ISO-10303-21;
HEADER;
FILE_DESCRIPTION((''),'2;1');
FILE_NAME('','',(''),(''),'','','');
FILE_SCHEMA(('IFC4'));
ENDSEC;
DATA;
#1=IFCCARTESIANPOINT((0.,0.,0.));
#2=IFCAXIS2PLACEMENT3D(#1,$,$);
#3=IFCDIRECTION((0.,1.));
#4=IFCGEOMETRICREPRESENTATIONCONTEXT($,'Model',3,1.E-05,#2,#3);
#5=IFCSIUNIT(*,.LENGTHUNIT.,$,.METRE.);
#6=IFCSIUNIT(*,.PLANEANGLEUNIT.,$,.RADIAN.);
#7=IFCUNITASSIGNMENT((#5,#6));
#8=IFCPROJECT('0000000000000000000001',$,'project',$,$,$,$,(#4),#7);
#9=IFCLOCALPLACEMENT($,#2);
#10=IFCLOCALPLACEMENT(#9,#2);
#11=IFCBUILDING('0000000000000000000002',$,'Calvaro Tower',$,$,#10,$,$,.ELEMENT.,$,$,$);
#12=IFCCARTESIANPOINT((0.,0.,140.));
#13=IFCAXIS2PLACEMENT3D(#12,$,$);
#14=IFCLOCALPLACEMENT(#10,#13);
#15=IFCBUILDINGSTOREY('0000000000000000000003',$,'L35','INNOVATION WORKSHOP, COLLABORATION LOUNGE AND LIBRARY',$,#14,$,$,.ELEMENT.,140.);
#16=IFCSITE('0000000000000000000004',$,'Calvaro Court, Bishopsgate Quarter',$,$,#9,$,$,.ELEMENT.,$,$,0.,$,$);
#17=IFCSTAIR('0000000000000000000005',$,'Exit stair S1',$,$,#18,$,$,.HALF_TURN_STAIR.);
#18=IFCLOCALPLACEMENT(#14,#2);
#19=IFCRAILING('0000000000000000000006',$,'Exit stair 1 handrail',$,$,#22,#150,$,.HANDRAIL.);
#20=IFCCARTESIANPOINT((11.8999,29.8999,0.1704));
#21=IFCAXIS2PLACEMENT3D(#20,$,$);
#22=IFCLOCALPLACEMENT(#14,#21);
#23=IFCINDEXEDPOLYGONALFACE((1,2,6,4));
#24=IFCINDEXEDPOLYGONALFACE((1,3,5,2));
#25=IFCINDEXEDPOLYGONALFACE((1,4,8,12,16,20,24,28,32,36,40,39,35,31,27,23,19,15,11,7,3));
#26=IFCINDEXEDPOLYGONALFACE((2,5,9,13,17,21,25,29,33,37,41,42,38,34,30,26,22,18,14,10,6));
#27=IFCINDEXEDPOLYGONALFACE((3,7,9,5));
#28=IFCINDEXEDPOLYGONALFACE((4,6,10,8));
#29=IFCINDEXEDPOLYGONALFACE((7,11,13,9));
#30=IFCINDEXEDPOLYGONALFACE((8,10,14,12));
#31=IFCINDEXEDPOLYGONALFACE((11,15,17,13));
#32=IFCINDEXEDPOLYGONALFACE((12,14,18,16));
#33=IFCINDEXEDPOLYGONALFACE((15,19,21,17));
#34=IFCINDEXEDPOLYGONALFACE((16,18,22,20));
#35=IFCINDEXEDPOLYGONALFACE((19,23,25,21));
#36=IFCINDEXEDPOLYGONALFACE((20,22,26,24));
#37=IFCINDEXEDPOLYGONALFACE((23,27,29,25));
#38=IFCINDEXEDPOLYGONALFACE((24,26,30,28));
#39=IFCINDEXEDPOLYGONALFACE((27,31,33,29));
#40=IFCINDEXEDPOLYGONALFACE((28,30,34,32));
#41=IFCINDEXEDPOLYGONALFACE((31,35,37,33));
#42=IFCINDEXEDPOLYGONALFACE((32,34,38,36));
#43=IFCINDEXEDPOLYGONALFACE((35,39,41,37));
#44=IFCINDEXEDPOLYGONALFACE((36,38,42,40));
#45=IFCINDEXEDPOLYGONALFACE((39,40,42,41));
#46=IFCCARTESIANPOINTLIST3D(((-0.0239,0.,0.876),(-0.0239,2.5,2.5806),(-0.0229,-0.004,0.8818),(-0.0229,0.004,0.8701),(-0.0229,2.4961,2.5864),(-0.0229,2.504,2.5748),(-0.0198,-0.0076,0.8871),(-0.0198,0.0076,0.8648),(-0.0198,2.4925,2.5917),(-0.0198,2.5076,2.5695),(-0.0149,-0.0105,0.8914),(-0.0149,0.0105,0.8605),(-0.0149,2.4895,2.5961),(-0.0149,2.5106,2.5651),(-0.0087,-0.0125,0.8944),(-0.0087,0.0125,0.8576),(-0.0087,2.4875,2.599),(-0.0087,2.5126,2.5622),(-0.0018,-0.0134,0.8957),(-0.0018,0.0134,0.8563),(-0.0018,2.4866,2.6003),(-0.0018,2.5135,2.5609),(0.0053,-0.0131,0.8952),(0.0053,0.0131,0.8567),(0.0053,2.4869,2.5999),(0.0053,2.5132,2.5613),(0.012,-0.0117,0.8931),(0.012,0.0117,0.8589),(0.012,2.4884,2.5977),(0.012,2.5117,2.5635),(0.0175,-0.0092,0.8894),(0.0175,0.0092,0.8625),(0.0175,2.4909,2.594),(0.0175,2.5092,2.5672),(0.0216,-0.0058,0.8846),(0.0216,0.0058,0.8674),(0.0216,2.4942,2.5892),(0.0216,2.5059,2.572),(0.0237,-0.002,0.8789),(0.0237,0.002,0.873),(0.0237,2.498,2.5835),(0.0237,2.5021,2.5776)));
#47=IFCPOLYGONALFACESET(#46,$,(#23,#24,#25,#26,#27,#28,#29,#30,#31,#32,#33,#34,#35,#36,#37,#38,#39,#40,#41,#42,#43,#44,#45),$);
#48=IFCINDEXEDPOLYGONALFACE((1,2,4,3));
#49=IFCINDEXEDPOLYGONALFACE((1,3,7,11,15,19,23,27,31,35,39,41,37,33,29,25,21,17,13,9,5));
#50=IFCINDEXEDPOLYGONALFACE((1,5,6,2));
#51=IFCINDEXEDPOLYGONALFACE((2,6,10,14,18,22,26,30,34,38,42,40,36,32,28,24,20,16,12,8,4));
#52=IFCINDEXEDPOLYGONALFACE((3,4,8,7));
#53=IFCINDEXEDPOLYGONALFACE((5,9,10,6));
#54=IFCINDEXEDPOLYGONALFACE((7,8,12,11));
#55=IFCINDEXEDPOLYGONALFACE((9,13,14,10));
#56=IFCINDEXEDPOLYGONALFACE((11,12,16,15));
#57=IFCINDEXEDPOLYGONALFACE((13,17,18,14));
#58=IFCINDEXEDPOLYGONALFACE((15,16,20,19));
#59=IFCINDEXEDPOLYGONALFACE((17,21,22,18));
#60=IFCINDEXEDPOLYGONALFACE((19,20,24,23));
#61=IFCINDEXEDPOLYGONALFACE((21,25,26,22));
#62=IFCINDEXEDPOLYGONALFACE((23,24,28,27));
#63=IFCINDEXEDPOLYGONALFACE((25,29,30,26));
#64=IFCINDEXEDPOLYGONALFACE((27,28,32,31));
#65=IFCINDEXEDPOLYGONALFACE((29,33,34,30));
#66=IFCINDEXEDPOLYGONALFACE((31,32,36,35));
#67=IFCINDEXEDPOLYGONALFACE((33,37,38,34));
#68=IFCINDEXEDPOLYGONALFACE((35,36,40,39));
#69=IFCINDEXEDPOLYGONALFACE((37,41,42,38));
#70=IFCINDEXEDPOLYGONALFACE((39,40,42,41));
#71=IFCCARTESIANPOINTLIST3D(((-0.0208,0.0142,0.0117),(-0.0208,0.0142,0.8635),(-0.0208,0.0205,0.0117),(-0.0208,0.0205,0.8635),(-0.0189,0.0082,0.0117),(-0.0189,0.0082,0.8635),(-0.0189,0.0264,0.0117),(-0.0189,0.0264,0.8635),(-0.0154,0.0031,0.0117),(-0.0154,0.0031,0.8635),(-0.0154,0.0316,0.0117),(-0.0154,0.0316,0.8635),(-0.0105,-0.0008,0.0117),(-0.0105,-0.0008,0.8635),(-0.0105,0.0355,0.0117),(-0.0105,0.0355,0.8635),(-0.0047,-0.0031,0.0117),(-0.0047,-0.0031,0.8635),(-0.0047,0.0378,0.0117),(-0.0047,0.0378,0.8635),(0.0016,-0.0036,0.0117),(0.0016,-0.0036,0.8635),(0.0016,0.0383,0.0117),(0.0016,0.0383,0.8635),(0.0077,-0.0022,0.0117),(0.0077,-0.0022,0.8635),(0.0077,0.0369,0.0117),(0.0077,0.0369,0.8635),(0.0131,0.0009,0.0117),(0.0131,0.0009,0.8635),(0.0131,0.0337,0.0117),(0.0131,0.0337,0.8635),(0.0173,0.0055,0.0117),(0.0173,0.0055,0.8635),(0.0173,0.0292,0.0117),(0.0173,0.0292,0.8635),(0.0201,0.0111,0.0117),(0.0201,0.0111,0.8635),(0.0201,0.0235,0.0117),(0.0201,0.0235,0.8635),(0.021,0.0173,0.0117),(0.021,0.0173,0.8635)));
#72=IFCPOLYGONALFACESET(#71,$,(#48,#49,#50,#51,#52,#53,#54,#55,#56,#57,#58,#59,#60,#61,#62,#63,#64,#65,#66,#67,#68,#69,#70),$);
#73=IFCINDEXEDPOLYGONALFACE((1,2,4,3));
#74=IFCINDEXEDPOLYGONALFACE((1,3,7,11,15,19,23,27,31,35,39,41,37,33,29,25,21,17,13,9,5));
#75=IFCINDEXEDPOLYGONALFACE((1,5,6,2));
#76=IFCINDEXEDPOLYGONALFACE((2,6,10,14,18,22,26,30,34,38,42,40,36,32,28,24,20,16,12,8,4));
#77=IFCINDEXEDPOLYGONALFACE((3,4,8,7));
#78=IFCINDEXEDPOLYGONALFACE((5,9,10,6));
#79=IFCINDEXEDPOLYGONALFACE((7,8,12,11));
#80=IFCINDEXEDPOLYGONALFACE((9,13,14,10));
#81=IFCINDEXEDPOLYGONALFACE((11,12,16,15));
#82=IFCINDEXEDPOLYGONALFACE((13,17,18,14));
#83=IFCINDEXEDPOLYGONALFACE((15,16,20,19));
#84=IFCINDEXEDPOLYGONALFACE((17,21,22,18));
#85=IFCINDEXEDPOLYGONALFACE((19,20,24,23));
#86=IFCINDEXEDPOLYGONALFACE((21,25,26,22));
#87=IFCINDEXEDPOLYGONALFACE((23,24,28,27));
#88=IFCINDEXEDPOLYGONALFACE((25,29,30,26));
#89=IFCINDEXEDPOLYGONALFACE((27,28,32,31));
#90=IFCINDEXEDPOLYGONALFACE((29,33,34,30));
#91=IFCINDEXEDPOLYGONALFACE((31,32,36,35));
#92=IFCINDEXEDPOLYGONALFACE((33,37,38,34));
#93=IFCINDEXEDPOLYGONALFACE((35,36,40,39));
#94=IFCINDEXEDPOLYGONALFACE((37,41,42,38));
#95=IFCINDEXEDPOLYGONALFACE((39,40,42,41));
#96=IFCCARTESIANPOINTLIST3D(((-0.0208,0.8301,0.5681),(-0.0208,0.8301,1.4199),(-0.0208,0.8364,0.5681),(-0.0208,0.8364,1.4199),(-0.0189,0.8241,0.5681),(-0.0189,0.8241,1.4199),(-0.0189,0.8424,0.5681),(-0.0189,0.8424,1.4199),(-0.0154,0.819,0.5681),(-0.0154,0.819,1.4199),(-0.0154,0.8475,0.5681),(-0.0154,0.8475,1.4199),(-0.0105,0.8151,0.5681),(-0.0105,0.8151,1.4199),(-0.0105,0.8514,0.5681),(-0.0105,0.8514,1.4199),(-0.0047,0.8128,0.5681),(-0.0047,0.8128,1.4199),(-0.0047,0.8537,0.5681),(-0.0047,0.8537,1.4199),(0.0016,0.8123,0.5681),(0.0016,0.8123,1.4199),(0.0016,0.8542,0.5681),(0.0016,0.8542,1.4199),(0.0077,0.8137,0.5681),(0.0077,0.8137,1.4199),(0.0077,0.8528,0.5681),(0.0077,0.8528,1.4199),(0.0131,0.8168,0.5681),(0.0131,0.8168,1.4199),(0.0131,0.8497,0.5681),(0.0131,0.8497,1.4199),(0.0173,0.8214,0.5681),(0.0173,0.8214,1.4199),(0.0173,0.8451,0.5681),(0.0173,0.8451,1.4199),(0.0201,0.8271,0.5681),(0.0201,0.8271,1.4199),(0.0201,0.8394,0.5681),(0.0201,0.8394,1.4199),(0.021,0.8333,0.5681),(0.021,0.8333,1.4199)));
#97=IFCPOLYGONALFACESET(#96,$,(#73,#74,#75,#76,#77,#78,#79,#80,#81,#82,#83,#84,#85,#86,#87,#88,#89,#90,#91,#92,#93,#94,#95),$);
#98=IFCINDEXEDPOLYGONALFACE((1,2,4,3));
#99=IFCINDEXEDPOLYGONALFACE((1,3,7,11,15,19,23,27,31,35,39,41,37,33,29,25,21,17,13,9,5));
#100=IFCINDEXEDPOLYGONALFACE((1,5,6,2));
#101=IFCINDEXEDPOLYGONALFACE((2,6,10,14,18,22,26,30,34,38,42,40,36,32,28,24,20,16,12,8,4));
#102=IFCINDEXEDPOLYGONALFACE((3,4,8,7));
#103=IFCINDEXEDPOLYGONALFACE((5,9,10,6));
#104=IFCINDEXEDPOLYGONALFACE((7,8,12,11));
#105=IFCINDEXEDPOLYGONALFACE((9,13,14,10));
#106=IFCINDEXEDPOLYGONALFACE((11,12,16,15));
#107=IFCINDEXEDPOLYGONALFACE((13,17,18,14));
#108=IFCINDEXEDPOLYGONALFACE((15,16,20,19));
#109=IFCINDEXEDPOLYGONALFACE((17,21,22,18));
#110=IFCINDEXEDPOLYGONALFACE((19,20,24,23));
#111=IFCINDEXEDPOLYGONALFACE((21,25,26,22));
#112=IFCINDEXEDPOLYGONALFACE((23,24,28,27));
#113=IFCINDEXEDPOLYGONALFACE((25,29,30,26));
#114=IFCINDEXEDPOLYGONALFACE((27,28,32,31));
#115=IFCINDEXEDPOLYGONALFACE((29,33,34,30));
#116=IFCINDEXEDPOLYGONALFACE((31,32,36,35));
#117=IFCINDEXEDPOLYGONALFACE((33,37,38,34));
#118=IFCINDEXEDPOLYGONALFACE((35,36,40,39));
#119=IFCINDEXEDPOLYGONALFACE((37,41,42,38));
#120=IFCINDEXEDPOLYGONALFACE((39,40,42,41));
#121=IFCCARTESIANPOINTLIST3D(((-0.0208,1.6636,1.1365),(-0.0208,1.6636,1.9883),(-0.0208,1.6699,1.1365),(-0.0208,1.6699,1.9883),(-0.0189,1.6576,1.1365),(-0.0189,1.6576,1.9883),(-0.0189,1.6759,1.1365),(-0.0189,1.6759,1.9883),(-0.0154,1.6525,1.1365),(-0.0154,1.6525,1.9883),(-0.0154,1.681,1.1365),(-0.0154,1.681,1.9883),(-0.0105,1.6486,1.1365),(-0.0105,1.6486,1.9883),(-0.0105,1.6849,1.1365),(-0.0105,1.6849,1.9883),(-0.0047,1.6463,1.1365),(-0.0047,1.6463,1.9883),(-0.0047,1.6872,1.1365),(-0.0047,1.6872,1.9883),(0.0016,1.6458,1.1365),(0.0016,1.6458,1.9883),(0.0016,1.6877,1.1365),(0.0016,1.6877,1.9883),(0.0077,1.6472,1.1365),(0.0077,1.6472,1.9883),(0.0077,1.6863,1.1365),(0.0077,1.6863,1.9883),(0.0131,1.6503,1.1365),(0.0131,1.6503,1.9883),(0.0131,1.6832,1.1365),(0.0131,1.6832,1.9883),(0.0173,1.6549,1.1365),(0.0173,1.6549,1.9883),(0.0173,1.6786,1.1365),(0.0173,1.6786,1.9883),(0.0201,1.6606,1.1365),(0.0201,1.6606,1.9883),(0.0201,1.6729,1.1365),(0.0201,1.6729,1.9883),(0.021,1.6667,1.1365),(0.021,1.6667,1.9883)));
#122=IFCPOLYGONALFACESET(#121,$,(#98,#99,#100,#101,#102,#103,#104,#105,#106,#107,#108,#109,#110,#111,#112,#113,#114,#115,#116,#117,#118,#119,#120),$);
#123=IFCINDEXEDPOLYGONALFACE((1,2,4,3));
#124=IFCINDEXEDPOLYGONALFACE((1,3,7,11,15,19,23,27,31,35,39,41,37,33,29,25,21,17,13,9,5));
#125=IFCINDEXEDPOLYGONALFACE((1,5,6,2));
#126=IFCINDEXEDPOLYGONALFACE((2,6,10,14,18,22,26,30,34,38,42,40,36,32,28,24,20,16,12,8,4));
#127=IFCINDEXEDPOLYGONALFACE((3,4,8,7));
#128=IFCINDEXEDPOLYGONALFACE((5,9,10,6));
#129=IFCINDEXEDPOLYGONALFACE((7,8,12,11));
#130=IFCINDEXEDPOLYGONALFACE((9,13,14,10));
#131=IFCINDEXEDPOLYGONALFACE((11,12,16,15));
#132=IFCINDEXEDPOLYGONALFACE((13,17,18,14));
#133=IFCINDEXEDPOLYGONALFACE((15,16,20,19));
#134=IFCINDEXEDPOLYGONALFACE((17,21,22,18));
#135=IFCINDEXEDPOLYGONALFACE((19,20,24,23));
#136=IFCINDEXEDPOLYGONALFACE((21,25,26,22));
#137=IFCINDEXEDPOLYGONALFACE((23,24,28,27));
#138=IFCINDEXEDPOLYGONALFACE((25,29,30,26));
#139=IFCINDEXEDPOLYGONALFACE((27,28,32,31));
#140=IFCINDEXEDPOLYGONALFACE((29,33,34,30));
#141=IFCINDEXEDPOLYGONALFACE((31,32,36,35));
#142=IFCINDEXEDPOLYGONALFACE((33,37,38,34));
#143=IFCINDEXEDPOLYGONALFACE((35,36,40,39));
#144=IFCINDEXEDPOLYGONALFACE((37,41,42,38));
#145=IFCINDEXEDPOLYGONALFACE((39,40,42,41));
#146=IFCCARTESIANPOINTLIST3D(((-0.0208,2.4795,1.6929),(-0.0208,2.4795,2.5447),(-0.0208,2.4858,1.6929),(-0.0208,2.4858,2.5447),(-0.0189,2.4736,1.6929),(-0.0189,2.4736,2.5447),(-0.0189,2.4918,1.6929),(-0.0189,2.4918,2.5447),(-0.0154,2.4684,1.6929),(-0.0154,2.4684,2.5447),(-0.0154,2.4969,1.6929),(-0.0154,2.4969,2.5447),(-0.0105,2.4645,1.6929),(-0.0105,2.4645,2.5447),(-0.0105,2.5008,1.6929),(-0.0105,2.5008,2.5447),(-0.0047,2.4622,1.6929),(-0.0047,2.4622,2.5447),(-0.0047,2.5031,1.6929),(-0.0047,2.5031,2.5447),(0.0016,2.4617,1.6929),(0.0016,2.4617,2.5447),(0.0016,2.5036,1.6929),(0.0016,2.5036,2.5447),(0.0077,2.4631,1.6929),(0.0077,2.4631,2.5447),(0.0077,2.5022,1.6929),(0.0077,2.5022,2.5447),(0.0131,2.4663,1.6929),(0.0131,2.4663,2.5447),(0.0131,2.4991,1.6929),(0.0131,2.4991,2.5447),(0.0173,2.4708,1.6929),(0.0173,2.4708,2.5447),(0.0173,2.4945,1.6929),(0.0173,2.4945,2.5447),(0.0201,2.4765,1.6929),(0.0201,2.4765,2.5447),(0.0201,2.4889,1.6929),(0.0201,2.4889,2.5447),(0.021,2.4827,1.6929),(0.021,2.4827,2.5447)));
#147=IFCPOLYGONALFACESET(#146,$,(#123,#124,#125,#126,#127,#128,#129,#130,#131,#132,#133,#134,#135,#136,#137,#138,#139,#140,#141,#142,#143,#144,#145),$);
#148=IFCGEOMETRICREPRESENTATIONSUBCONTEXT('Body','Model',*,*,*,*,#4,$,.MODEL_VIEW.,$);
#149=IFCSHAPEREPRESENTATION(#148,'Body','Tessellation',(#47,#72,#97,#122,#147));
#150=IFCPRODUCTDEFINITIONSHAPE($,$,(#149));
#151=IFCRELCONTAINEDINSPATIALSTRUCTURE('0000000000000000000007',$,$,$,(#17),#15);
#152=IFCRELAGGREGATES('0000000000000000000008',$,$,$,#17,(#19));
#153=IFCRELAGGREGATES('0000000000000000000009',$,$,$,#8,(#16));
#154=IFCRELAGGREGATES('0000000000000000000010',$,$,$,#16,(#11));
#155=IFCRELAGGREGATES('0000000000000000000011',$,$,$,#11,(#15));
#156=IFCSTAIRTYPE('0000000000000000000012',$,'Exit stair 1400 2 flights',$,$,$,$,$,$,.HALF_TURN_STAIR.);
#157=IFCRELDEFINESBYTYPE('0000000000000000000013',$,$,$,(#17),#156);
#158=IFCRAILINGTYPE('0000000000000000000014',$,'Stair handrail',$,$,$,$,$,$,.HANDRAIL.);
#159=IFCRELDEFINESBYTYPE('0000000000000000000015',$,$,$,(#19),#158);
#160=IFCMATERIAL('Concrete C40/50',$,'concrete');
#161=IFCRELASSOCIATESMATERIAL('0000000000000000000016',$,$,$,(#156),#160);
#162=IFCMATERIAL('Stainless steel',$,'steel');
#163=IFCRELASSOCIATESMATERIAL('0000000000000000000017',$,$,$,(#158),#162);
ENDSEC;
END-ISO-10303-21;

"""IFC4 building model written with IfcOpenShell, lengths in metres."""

from ifc_helpers import new_model, si_unit, direction, frame, origin, origin_2d, place, context, subcontext, project, spatial, circle, extrude, material, type_object, element, aggregate, save


model = new_model("IFC4")

# Units and contexts
model_context = context("Model", 3, precision=1e-05, world=origin(), true_north=direction((0.0, 1.0)))
body_context = subcontext(model_context, "Body", "Model", "MODEL_VIEW")
ifc_project = project(units=[si_unit("LENGTHUNIT", "METRE"), si_unit("PLANEANGLEUNIT", "RADIAN")], contexts=[model_context])

# Site, building, storey
site_placement = place(None, origin())
site = spatial("IfcSite", under=ifc_project, at=site_placement, Name="Calvaro Court, Bishopsgate Quarter", CompositionType="ELEMENT", RefElevation=0.0)
building_placement = place(site_placement, origin())
building = spatial("IfcBuilding", under=site, at=building_placement, Name="Calvaro Tower", CompositionType="ELEMENT")
storey_placement = place(building_placement, frame((0.0, 0.0, 140.0)))
storey = spatial("IfcBuildingStorey", under=building, at=storey_placement, Name="L35", Description="INNOVATION WORKSHOP, COLLABORATION LOUNGE AND LIBRARY", CompositionType="ELEMENT", Elevation=140.0)

# Stair, railing
ifc_material_1 = material(Name="Concrete C40/50", Category="concrete")
stair_type = type_object("IfcStairType", Name="Exit stair 1400 2 flights", PredefinedType="HALF_TURN_STAIR", material=ifc_material_1)
stair_placement = place(storey_placement, origin())
stair = element("IfcStair", 1, at=stair_placement, inside=storey, type_object=stair_type, Name="Exit stair S1", PredefinedType="HALF_TURN_STAIR")
ifc_material_2 = material(Name="Stainless steel", Category="steel")
railing_type = type_object("IfcRailingType", Name="Stair handrail", PredefinedType="HANDRAIL", material=ifc_material_2)
railing_1_placement = place(storey_placement, frame((11.8999, 29.8999, 0.1704)))
railing_1 = element("IfcRailing", 2, at=railing_1_placement, type_object=railing_type, Name="Exit stair 1 handrail", PredefinedType="HANDRAIL", context=body_context, shape_type="SweptSolid", body=[
    extrude(circle(Radius=0.0239, at=origin_2d()), frame((0.0, 0.0, 0.876), z_axis=(0.0, 0.826221, 0.563347), x_axis=(-1.0, 0.0, 0.0)), (0.0, 0.0, 1.0), 3.0259),
    extrude(circle(Radius=0.021, at=origin_2d()), frame((0.0, 0.0173, 0.0117)), (0.0, 0.0, 1.0), 0.8518),
    extrude(circle(Radius=0.021, at=origin_2d()), frame((0.0, 0.8333, 0.5681)), (0.0, 0.0, 1.0), 0.8518),
    extrude(circle(Radius=0.021, at=origin_2d()), frame((0.0, 1.6667, 1.1365)), (0.0, 0.0, 1.0), 0.8518),
    extrude(circle(Radius=0.021, at=origin_2d()), frame((0.0, 2.4827, 1.6929)), (0.0, 0.0, 1.0), 0.8518),
])
aggregate(stair, [railing_1])

save(model, "model.ifc")
